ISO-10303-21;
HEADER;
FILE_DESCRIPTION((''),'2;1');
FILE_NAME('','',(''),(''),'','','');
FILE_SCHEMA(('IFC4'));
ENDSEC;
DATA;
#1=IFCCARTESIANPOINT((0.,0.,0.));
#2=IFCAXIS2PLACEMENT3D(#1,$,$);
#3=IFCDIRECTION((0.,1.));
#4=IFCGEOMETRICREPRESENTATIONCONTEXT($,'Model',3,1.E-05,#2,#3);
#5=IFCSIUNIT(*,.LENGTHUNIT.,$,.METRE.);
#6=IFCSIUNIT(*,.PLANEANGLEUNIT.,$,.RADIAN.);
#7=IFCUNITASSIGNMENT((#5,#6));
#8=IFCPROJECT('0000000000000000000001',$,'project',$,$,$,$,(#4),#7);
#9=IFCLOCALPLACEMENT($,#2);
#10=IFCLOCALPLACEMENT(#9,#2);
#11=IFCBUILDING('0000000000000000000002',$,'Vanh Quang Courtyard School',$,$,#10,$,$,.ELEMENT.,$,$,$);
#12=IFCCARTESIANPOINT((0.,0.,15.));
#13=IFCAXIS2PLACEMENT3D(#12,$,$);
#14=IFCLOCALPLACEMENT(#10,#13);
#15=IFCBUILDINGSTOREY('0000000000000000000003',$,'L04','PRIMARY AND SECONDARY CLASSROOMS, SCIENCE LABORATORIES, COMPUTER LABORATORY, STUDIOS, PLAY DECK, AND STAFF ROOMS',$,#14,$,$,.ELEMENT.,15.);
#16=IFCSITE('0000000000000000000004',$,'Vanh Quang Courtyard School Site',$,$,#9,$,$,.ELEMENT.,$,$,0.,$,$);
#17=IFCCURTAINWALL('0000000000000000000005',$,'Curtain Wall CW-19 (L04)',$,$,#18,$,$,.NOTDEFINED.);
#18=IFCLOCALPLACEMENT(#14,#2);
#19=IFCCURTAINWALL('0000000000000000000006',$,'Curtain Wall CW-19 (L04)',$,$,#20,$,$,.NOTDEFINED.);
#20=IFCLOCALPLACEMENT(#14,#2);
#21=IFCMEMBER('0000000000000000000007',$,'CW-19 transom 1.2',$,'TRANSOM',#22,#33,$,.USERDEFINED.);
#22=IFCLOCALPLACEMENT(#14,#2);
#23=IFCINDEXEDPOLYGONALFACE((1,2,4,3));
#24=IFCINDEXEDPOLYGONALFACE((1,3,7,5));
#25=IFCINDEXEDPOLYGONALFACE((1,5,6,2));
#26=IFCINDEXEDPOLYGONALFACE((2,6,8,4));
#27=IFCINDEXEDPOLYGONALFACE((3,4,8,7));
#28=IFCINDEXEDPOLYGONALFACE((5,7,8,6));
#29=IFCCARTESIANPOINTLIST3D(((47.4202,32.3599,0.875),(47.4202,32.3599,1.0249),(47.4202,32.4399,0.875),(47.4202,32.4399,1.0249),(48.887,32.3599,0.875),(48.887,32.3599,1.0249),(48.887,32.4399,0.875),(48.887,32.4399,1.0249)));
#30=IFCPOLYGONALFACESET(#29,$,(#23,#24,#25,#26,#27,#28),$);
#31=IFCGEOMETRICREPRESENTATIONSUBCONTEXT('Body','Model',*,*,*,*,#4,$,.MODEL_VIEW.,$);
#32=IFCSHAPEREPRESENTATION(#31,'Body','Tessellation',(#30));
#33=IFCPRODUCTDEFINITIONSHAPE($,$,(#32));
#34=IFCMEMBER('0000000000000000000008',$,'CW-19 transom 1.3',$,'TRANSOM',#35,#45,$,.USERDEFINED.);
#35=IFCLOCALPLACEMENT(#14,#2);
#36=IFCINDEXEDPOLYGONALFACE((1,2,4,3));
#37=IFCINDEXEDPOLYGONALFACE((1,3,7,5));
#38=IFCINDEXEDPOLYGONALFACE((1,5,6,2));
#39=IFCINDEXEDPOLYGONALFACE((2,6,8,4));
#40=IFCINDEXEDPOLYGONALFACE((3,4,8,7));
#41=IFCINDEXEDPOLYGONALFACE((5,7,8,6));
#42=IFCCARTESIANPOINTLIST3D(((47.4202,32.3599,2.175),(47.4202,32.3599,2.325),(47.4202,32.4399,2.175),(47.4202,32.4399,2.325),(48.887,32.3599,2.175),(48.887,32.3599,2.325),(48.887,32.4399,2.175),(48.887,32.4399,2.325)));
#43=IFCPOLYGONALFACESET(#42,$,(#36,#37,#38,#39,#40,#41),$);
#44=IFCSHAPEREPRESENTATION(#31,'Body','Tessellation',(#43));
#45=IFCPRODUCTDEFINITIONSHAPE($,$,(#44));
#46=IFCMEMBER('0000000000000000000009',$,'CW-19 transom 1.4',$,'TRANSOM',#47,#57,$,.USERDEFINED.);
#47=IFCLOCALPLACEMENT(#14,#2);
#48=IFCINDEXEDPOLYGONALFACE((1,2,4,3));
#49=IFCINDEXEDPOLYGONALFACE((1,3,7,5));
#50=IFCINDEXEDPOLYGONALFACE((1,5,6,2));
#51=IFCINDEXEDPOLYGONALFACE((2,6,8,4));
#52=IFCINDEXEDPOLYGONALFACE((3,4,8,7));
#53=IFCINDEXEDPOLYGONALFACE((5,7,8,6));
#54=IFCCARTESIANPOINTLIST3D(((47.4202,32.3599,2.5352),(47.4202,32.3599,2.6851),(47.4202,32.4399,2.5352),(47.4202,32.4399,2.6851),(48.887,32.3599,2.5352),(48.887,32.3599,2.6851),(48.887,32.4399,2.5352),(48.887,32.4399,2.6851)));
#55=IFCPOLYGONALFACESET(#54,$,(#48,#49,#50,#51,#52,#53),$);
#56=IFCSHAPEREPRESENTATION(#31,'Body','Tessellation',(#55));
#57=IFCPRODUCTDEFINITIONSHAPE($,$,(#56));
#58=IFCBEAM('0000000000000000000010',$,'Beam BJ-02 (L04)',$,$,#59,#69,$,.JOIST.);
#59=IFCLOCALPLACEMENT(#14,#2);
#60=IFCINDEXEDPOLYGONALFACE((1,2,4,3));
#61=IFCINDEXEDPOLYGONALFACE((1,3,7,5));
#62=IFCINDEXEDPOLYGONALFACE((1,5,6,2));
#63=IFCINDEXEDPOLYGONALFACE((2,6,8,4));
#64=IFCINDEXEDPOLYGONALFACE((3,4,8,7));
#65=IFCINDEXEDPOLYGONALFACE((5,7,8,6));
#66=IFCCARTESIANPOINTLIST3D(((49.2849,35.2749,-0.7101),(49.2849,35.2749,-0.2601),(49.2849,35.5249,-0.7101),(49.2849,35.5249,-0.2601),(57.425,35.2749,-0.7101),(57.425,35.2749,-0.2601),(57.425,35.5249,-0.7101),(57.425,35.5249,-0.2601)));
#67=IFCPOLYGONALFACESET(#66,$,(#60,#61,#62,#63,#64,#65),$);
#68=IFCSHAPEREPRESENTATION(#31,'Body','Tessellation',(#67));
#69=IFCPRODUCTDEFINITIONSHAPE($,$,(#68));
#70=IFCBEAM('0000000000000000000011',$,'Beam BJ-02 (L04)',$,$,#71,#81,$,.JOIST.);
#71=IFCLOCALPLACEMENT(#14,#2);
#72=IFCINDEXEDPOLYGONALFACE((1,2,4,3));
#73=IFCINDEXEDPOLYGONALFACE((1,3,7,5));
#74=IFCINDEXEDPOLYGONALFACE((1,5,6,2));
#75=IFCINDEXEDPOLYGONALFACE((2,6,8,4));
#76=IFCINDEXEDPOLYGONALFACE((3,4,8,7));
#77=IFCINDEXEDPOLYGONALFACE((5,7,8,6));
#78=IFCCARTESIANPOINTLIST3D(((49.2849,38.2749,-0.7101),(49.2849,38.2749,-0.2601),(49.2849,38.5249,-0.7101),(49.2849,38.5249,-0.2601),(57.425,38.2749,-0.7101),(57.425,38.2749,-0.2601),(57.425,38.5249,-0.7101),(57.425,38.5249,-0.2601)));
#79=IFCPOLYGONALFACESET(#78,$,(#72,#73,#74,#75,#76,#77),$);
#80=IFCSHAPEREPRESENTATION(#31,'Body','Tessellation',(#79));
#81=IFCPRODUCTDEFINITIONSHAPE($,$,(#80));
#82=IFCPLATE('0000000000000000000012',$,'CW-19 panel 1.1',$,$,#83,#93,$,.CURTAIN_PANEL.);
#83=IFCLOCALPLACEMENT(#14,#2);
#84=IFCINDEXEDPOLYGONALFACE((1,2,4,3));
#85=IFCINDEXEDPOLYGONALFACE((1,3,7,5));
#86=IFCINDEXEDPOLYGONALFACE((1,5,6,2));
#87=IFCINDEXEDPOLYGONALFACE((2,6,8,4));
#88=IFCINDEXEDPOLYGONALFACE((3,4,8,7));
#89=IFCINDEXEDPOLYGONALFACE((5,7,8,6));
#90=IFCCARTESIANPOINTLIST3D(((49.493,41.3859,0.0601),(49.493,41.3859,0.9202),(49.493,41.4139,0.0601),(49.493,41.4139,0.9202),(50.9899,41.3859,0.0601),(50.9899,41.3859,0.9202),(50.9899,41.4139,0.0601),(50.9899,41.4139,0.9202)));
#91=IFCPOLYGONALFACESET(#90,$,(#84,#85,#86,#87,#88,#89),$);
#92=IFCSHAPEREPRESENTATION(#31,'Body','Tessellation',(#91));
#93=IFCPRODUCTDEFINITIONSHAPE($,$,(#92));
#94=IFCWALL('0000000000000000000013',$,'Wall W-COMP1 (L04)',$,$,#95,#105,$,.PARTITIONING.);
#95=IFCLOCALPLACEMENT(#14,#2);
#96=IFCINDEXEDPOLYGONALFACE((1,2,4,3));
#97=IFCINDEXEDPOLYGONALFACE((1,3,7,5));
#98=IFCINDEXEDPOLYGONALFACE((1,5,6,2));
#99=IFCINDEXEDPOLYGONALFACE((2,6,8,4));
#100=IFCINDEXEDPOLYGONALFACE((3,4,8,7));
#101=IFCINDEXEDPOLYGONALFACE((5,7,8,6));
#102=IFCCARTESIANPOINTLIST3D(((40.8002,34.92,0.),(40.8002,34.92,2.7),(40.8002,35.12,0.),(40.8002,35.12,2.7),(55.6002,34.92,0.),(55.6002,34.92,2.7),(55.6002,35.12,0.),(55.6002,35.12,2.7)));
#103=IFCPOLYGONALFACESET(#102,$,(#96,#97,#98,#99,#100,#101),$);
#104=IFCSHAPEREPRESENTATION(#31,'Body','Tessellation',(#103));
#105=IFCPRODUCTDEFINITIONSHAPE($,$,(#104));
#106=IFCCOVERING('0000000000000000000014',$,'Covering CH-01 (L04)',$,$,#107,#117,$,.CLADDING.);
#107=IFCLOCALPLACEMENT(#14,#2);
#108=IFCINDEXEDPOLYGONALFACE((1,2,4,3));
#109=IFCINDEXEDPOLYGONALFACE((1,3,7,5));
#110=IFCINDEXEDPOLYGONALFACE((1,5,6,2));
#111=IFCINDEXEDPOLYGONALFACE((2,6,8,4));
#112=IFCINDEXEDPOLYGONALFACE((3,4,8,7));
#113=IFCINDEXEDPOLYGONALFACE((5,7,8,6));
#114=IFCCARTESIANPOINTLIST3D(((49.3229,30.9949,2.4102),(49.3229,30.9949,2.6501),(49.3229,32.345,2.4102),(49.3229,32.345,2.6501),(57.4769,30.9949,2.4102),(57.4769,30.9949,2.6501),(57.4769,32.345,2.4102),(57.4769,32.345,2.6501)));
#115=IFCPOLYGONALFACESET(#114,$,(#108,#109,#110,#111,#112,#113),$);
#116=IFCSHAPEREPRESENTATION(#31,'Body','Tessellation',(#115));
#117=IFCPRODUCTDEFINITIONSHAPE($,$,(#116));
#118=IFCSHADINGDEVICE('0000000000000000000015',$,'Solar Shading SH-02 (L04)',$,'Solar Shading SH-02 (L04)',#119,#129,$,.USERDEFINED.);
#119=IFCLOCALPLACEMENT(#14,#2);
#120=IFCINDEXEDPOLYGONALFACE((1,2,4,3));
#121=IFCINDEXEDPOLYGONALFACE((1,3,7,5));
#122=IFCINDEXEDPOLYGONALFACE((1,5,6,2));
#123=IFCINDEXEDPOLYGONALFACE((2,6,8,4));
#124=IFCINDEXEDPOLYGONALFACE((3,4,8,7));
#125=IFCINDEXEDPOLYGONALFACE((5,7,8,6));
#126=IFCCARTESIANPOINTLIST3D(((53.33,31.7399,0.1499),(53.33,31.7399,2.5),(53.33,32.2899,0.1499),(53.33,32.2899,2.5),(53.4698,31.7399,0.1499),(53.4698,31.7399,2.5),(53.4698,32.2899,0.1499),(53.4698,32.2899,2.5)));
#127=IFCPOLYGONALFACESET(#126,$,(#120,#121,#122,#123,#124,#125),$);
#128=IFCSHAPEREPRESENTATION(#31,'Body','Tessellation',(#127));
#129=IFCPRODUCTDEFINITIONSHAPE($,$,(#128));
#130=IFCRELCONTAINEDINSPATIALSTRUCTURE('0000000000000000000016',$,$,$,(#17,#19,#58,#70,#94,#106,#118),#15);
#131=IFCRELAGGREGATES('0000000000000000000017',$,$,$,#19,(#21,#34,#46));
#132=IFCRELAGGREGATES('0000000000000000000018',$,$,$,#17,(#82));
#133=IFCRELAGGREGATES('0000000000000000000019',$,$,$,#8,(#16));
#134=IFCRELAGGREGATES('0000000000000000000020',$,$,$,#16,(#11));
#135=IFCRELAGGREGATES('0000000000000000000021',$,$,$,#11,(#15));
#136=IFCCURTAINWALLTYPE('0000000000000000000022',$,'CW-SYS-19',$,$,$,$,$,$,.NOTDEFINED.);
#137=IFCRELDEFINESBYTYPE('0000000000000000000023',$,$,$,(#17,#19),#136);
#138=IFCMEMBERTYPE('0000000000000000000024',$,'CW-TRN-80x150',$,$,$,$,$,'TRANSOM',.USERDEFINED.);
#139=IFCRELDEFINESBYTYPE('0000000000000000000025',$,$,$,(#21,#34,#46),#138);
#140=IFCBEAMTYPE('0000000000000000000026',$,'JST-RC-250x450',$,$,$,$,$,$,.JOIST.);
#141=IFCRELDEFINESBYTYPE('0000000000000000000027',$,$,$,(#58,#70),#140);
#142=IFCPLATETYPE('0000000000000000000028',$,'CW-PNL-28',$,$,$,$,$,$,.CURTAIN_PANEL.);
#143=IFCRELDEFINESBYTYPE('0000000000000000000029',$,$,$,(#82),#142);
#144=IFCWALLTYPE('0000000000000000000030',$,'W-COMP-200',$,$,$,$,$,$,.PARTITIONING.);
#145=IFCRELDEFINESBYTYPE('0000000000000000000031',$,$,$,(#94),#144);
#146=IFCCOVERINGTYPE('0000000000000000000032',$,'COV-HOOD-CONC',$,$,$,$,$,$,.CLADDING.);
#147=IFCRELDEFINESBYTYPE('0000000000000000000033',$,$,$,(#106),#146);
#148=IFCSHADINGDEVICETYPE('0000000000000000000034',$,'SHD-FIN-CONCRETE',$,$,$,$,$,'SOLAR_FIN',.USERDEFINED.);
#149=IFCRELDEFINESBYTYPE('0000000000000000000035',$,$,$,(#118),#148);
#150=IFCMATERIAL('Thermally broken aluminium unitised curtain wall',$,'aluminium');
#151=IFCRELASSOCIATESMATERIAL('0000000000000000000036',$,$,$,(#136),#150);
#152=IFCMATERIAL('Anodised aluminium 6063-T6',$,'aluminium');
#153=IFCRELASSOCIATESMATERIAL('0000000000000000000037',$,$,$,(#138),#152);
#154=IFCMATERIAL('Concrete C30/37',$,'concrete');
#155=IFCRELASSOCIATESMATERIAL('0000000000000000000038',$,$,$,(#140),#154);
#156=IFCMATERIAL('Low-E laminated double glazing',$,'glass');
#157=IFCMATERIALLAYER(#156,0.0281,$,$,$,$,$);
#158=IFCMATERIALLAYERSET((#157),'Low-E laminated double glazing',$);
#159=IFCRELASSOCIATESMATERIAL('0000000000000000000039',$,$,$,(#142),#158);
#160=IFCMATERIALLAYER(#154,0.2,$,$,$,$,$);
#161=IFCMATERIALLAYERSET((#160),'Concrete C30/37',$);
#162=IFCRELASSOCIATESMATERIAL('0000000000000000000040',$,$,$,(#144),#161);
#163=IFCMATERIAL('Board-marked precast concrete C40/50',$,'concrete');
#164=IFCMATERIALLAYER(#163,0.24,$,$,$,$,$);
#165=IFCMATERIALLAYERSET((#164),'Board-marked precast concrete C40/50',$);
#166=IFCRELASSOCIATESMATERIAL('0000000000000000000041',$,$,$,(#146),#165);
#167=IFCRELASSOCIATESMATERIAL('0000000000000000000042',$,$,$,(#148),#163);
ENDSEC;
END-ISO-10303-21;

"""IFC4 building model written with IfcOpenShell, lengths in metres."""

from ifc_helpers import new_model, si_unit, direction, frame, frame_2d, origin, origin_2d, place, context, subcontext, project, spatial, rectangle, extrude, material, layer, layer_set, material_profile, profile_set, type_object, element, aggregate, save


model = new_model("IFC4")

# Units and contexts
model_context = context("Model", 3, precision=1e-05, world=origin(), true_north=direction((0.0, 1.0)))
body_context = subcontext(model_context, "Body", "Model", "MODEL_VIEW")
ifc_project = project(units=[si_unit("LENGTHUNIT", "METRE"), si_unit("PLANEANGLEUNIT", "RADIAN")], contexts=[model_context])

# Site, building, storey
site_placement = place(None, origin())
site = spatial("IfcSite", under=ifc_project, at=site_placement, Name="Vanh Quang Courtyard School Site", CompositionType="ELEMENT", RefElevation=0.0)
building_placement = place(site_placement, origin())
building = spatial("IfcBuilding", under=site, at=building_placement, Name="Vanh Quang Courtyard School", CompositionType="ELEMENT")
storey_placement = place(building_placement, frame((0.0, 0.0, 15.0)))
storey = spatial("IfcBuildingStorey", under=building, at=storey_placement, Name="L04", Description="PRIMARY AND SECONDARY CLASSROOMS, SCIENCE LABORATORIES, COMPUTER LABORATORY, STUDIOS, PLAY DECK, AND STAFF ROOMS", CompositionType="ELEMENT", Elevation=15.0)

# Curtain walls
ifc_material_1 = material(Name="Thermally broken aluminium unitised curtain wall", Category="aluminium")
curtain_wall_type = type_object("IfcCurtainWallType", Name="CW-SYS-19", PredefinedType="NOTDEFINED", material=ifc_material_1)
curtain_wall_1_placement = place(storey_placement, origin())
curtain_wall_1 = element("IfcCurtainWall", 1, at=curtain_wall_1_placement, inside=storey, type_object=curtain_wall_type, Name="Curtain Wall CW-19 (L04)", PredefinedType="NOTDEFINED")
ifc_material_2 = material(Name="Anodised aluminium 6063-T6", Category="aluminium")
curtain_wall_2_placement = place(storey_placement, origin())
curtain_wall_2 = element("IfcCurtainWall", 2, at=curtain_wall_2_placement, inside=storey, type_object=curtain_wall_type, Name="Curtain Wall CW-19 (L04)", PredefinedType="NOTDEFINED")

# Members
ifc_material_profile_1 = material_profile(ifc_material_2, rectangle(XDim=0.0801, YDim=0.1499, at=origin_2d()), Name="ALU-TRN 80x150")
ifc_profile_set_1 = profile_set([ifc_material_profile_1], Name="Anodised aluminium 6063-T6")
member_type_1 = type_object("IfcMemberType", Name="CW-TRN-80x150", ElementType="TRANSOM", PredefinedType="USERDEFINED", material=ifc_profile_set_1)
member_1_placement = place(storey_placement, frame((48.887, 32.3999, 0.95), z_axis=(-1.0, 0.0, 0.0), x_axis=(0.0, -1.0, 0.0)))
member_1 = element("IfcMember", 3, at=member_1_placement, type_object=member_type_1, Name="CW-19 transom 1.2", ObjectType="TRANSOM", PredefinedType="USERDEFINED", context=body_context, shape_type="SweptSolid", body=[
    extrude(rectangle(XDim=0.0801, YDim=0.1499, at=origin_2d()), origin(), (0.0, 0.0, 1.0), 1.4668),
])
member_2_placement = place(storey_placement, frame((48.887, 32.3999, 2.25), z_axis=(-1.0, 0.0, 0.0), x_axis=(0.0, -1.0, 0.0)))
member_2 = element("IfcMember", 4, at=member_2_placement, type_object=member_type_1, Name="CW-19 transom 1.3", ObjectType="TRANSOM", PredefinedType="USERDEFINED", context=body_context, shape_type="SweptSolid", body=[
    extrude(rectangle(XDim=0.0801, YDim=0.1499, at=origin_2d()), origin(), (0.0, 0.0, 1.0), 1.4668),
])
member_3_placement = place(storey_placement, frame((48.887, 32.3999, 2.6101), z_axis=(-1.0, 0.0, 0.0), x_axis=(0.0, -1.0, 0.0)))
member_3 = element("IfcMember", 5, at=member_3_placement, type_object=member_type_1, Name="CW-19 transom 1.4", ObjectType="TRANSOM", PredefinedType="USERDEFINED", context=body_context, shape_type="SweptSolid", body=[
    extrude(rectangle(XDim=0.0801, YDim=0.1499, at=origin_2d()), origin(), (0.0, 0.0, 1.0), 1.4668),
])
aggregate(curtain_wall_2, [member_1, member_2, member_3])

# Beams
ifc_material_3 = material(Name="Concrete C30/37", Category="concrete")
ifc_material_profile_2 = material_profile(ifc_material_3, rectangle(XDim=0.25, YDim=0.45, at=origin_2d()), Name="RC-JST 250x450")
ifc_profile_set_2 = profile_set([ifc_material_profile_2], Name="Concrete C30/37")
beam_type_1 = type_object("IfcBeamType", Name="JST-RC-250x450", PredefinedType="JOIST", material=ifc_profile_set_2)
for number, where, z_axis, x_axis, name in (
    (6, (49.2849, 35.3999, -0.4851), (1.0, 0.0, 0.0), (0.0, 1.0, 0.0), "Beam BJ-02 (L04)"),
    (7, (49.2849, 38.3999, -0.4851), (1.0, 0.0, 0.0), (0.0, 1.0, 0.0), "Beam BJ-02 (L04)"),
):
    element("IfcBeam", number, at=place(storey_placement, frame(where, z_axis=z_axis, x_axis=x_axis)), inside=storey, type_object=beam_type_1, Name=name, PredefinedType="JOIST", context=body_context, shape_type="SweptSolid", body=[
        extrude(rectangle(XDim=0.25, YDim=0.45, at=origin_2d()), origin(), (0.0, 0.0, 1.0), 8.1401),
    ])

# Plate
ifc_material_4 = material(Name="Low-E laminated double glazing", Category="glass")
ifc_layer_1 = layer(ifc_material_4, 0.0281)
ifc_layer_set_1 = layer_set([ifc_layer_1], Name="Low-E laminated double glazing")
plate_type = type_object("IfcPlateType", Name="CW-PNL-28", PredefinedType="CURTAIN_PANEL", material=ifc_layer_set_1)
plate_placement = place(storey_placement, frame((50.2415, 41.3999, 0.0601), z_axis=(0.0, 0.0, 1.0), x_axis=(1.0, 0.0, 0.0)))
plate = element("IfcPlate", 8, at=plate_placement, type_object=plate_type, Name="CW-19 panel 1.1", PredefinedType="CURTAIN_PANEL", context=body_context, shape_type="SweptSolid", body=[
    extrude(rectangle(XDim=1.4968, YDim=0.0281, at=origin_2d()), origin(), (0.0, 0.0, 1.0), 0.8601),
])
aggregate(curtain_wall_1, [plate])

# Wall
ifc_layer_2 = layer(ifc_material_3, 0.2)
ifc_layer_set_2 = layer_set([ifc_layer_2], Name="Concrete C30/37")
wall_type = type_object("IfcWallType", Name="W-COMP-200", PredefinedType="PARTITIONING", material=ifc_layer_set_2)
wall_placement = place(storey_placement, frame((55.6001, 35.02, 0.0), z_axis=(0.0, 0.0, 1.0), x_axis=(-1.0, 0.0, 0.0)))
element("IfcWall", 9, at=wall_placement, inside=storey, type_object=wall_type, Name="Wall W-COMP1 (L04)", PredefinedType="PARTITIONING", context=body_context, shape_type="SweptSolid", body=[
    extrude(rectangle(XDim=14.8, YDim=0.2, at=frame_2d((7.3999, 0.0))), origin(), (0.0, 0.0, 1.0), 2.7),
])

# Covering
ifc_material_5 = material(Name="Board-marked precast concrete C40/50", Category="concrete")
ifc_layer_3 = layer(ifc_material_5, 0.24)
ifc_layer_set_3 = layer_set([ifc_layer_3], Name="Board-marked precast concrete C40/50")
covering_type = type_object("IfcCoveringType", Name="COV-HOOD-CONC", PredefinedType="CLADDING", material=ifc_layer_set_3)
covering_placement = place(storey_placement, frame((53.3999, 31.6699, 2.4102), z_axis=(0.0, 0.0, 1.0), x_axis=(-1.0, 0.0, 0.0)))
element("IfcCovering", 10, at=covering_placement, inside=storey, type_object=covering_type, Name="Covering CH-01 (L04)", PredefinedType="CLADDING", context=body_context, shape_type="SweptSolid", body=[
    extrude(rectangle(XDim=8.1541, YDim=1.3501, at=origin_2d()), origin(), (0.0, 0.0, 1.0), 0.24),
])

# Shading device
shading_device_type = type_object("IfcShadingDeviceType", Name="SHD-FIN-CONCRETE", ElementType="SOLAR_FIN", PredefinedType="USERDEFINED", material=ifc_material_5)
shading_device_placement = place(storey_placement, frame((53.3999, 32.0149, 0.1499), z_axis=(0.0, 0.0, 1.0), x_axis=(-1.0, 0.0, 0.0)))
element("IfcShadingDevice", 11, at=shading_device_placement, inside=storey, type_object=shading_device_type, Name="Solar Shading SH-02 (L04)", ObjectType="Solar Shading SH-02 (L04)", PredefinedType="USERDEFINED", context=body_context, shape_type="SweptSolid", body=[
    extrude(rectangle(XDim=0.1399, YDim=0.55, at=origin_2d()), origin(), (0.0, 0.0, 1.0), 2.3501),
])

save(model, "model.ifc")
